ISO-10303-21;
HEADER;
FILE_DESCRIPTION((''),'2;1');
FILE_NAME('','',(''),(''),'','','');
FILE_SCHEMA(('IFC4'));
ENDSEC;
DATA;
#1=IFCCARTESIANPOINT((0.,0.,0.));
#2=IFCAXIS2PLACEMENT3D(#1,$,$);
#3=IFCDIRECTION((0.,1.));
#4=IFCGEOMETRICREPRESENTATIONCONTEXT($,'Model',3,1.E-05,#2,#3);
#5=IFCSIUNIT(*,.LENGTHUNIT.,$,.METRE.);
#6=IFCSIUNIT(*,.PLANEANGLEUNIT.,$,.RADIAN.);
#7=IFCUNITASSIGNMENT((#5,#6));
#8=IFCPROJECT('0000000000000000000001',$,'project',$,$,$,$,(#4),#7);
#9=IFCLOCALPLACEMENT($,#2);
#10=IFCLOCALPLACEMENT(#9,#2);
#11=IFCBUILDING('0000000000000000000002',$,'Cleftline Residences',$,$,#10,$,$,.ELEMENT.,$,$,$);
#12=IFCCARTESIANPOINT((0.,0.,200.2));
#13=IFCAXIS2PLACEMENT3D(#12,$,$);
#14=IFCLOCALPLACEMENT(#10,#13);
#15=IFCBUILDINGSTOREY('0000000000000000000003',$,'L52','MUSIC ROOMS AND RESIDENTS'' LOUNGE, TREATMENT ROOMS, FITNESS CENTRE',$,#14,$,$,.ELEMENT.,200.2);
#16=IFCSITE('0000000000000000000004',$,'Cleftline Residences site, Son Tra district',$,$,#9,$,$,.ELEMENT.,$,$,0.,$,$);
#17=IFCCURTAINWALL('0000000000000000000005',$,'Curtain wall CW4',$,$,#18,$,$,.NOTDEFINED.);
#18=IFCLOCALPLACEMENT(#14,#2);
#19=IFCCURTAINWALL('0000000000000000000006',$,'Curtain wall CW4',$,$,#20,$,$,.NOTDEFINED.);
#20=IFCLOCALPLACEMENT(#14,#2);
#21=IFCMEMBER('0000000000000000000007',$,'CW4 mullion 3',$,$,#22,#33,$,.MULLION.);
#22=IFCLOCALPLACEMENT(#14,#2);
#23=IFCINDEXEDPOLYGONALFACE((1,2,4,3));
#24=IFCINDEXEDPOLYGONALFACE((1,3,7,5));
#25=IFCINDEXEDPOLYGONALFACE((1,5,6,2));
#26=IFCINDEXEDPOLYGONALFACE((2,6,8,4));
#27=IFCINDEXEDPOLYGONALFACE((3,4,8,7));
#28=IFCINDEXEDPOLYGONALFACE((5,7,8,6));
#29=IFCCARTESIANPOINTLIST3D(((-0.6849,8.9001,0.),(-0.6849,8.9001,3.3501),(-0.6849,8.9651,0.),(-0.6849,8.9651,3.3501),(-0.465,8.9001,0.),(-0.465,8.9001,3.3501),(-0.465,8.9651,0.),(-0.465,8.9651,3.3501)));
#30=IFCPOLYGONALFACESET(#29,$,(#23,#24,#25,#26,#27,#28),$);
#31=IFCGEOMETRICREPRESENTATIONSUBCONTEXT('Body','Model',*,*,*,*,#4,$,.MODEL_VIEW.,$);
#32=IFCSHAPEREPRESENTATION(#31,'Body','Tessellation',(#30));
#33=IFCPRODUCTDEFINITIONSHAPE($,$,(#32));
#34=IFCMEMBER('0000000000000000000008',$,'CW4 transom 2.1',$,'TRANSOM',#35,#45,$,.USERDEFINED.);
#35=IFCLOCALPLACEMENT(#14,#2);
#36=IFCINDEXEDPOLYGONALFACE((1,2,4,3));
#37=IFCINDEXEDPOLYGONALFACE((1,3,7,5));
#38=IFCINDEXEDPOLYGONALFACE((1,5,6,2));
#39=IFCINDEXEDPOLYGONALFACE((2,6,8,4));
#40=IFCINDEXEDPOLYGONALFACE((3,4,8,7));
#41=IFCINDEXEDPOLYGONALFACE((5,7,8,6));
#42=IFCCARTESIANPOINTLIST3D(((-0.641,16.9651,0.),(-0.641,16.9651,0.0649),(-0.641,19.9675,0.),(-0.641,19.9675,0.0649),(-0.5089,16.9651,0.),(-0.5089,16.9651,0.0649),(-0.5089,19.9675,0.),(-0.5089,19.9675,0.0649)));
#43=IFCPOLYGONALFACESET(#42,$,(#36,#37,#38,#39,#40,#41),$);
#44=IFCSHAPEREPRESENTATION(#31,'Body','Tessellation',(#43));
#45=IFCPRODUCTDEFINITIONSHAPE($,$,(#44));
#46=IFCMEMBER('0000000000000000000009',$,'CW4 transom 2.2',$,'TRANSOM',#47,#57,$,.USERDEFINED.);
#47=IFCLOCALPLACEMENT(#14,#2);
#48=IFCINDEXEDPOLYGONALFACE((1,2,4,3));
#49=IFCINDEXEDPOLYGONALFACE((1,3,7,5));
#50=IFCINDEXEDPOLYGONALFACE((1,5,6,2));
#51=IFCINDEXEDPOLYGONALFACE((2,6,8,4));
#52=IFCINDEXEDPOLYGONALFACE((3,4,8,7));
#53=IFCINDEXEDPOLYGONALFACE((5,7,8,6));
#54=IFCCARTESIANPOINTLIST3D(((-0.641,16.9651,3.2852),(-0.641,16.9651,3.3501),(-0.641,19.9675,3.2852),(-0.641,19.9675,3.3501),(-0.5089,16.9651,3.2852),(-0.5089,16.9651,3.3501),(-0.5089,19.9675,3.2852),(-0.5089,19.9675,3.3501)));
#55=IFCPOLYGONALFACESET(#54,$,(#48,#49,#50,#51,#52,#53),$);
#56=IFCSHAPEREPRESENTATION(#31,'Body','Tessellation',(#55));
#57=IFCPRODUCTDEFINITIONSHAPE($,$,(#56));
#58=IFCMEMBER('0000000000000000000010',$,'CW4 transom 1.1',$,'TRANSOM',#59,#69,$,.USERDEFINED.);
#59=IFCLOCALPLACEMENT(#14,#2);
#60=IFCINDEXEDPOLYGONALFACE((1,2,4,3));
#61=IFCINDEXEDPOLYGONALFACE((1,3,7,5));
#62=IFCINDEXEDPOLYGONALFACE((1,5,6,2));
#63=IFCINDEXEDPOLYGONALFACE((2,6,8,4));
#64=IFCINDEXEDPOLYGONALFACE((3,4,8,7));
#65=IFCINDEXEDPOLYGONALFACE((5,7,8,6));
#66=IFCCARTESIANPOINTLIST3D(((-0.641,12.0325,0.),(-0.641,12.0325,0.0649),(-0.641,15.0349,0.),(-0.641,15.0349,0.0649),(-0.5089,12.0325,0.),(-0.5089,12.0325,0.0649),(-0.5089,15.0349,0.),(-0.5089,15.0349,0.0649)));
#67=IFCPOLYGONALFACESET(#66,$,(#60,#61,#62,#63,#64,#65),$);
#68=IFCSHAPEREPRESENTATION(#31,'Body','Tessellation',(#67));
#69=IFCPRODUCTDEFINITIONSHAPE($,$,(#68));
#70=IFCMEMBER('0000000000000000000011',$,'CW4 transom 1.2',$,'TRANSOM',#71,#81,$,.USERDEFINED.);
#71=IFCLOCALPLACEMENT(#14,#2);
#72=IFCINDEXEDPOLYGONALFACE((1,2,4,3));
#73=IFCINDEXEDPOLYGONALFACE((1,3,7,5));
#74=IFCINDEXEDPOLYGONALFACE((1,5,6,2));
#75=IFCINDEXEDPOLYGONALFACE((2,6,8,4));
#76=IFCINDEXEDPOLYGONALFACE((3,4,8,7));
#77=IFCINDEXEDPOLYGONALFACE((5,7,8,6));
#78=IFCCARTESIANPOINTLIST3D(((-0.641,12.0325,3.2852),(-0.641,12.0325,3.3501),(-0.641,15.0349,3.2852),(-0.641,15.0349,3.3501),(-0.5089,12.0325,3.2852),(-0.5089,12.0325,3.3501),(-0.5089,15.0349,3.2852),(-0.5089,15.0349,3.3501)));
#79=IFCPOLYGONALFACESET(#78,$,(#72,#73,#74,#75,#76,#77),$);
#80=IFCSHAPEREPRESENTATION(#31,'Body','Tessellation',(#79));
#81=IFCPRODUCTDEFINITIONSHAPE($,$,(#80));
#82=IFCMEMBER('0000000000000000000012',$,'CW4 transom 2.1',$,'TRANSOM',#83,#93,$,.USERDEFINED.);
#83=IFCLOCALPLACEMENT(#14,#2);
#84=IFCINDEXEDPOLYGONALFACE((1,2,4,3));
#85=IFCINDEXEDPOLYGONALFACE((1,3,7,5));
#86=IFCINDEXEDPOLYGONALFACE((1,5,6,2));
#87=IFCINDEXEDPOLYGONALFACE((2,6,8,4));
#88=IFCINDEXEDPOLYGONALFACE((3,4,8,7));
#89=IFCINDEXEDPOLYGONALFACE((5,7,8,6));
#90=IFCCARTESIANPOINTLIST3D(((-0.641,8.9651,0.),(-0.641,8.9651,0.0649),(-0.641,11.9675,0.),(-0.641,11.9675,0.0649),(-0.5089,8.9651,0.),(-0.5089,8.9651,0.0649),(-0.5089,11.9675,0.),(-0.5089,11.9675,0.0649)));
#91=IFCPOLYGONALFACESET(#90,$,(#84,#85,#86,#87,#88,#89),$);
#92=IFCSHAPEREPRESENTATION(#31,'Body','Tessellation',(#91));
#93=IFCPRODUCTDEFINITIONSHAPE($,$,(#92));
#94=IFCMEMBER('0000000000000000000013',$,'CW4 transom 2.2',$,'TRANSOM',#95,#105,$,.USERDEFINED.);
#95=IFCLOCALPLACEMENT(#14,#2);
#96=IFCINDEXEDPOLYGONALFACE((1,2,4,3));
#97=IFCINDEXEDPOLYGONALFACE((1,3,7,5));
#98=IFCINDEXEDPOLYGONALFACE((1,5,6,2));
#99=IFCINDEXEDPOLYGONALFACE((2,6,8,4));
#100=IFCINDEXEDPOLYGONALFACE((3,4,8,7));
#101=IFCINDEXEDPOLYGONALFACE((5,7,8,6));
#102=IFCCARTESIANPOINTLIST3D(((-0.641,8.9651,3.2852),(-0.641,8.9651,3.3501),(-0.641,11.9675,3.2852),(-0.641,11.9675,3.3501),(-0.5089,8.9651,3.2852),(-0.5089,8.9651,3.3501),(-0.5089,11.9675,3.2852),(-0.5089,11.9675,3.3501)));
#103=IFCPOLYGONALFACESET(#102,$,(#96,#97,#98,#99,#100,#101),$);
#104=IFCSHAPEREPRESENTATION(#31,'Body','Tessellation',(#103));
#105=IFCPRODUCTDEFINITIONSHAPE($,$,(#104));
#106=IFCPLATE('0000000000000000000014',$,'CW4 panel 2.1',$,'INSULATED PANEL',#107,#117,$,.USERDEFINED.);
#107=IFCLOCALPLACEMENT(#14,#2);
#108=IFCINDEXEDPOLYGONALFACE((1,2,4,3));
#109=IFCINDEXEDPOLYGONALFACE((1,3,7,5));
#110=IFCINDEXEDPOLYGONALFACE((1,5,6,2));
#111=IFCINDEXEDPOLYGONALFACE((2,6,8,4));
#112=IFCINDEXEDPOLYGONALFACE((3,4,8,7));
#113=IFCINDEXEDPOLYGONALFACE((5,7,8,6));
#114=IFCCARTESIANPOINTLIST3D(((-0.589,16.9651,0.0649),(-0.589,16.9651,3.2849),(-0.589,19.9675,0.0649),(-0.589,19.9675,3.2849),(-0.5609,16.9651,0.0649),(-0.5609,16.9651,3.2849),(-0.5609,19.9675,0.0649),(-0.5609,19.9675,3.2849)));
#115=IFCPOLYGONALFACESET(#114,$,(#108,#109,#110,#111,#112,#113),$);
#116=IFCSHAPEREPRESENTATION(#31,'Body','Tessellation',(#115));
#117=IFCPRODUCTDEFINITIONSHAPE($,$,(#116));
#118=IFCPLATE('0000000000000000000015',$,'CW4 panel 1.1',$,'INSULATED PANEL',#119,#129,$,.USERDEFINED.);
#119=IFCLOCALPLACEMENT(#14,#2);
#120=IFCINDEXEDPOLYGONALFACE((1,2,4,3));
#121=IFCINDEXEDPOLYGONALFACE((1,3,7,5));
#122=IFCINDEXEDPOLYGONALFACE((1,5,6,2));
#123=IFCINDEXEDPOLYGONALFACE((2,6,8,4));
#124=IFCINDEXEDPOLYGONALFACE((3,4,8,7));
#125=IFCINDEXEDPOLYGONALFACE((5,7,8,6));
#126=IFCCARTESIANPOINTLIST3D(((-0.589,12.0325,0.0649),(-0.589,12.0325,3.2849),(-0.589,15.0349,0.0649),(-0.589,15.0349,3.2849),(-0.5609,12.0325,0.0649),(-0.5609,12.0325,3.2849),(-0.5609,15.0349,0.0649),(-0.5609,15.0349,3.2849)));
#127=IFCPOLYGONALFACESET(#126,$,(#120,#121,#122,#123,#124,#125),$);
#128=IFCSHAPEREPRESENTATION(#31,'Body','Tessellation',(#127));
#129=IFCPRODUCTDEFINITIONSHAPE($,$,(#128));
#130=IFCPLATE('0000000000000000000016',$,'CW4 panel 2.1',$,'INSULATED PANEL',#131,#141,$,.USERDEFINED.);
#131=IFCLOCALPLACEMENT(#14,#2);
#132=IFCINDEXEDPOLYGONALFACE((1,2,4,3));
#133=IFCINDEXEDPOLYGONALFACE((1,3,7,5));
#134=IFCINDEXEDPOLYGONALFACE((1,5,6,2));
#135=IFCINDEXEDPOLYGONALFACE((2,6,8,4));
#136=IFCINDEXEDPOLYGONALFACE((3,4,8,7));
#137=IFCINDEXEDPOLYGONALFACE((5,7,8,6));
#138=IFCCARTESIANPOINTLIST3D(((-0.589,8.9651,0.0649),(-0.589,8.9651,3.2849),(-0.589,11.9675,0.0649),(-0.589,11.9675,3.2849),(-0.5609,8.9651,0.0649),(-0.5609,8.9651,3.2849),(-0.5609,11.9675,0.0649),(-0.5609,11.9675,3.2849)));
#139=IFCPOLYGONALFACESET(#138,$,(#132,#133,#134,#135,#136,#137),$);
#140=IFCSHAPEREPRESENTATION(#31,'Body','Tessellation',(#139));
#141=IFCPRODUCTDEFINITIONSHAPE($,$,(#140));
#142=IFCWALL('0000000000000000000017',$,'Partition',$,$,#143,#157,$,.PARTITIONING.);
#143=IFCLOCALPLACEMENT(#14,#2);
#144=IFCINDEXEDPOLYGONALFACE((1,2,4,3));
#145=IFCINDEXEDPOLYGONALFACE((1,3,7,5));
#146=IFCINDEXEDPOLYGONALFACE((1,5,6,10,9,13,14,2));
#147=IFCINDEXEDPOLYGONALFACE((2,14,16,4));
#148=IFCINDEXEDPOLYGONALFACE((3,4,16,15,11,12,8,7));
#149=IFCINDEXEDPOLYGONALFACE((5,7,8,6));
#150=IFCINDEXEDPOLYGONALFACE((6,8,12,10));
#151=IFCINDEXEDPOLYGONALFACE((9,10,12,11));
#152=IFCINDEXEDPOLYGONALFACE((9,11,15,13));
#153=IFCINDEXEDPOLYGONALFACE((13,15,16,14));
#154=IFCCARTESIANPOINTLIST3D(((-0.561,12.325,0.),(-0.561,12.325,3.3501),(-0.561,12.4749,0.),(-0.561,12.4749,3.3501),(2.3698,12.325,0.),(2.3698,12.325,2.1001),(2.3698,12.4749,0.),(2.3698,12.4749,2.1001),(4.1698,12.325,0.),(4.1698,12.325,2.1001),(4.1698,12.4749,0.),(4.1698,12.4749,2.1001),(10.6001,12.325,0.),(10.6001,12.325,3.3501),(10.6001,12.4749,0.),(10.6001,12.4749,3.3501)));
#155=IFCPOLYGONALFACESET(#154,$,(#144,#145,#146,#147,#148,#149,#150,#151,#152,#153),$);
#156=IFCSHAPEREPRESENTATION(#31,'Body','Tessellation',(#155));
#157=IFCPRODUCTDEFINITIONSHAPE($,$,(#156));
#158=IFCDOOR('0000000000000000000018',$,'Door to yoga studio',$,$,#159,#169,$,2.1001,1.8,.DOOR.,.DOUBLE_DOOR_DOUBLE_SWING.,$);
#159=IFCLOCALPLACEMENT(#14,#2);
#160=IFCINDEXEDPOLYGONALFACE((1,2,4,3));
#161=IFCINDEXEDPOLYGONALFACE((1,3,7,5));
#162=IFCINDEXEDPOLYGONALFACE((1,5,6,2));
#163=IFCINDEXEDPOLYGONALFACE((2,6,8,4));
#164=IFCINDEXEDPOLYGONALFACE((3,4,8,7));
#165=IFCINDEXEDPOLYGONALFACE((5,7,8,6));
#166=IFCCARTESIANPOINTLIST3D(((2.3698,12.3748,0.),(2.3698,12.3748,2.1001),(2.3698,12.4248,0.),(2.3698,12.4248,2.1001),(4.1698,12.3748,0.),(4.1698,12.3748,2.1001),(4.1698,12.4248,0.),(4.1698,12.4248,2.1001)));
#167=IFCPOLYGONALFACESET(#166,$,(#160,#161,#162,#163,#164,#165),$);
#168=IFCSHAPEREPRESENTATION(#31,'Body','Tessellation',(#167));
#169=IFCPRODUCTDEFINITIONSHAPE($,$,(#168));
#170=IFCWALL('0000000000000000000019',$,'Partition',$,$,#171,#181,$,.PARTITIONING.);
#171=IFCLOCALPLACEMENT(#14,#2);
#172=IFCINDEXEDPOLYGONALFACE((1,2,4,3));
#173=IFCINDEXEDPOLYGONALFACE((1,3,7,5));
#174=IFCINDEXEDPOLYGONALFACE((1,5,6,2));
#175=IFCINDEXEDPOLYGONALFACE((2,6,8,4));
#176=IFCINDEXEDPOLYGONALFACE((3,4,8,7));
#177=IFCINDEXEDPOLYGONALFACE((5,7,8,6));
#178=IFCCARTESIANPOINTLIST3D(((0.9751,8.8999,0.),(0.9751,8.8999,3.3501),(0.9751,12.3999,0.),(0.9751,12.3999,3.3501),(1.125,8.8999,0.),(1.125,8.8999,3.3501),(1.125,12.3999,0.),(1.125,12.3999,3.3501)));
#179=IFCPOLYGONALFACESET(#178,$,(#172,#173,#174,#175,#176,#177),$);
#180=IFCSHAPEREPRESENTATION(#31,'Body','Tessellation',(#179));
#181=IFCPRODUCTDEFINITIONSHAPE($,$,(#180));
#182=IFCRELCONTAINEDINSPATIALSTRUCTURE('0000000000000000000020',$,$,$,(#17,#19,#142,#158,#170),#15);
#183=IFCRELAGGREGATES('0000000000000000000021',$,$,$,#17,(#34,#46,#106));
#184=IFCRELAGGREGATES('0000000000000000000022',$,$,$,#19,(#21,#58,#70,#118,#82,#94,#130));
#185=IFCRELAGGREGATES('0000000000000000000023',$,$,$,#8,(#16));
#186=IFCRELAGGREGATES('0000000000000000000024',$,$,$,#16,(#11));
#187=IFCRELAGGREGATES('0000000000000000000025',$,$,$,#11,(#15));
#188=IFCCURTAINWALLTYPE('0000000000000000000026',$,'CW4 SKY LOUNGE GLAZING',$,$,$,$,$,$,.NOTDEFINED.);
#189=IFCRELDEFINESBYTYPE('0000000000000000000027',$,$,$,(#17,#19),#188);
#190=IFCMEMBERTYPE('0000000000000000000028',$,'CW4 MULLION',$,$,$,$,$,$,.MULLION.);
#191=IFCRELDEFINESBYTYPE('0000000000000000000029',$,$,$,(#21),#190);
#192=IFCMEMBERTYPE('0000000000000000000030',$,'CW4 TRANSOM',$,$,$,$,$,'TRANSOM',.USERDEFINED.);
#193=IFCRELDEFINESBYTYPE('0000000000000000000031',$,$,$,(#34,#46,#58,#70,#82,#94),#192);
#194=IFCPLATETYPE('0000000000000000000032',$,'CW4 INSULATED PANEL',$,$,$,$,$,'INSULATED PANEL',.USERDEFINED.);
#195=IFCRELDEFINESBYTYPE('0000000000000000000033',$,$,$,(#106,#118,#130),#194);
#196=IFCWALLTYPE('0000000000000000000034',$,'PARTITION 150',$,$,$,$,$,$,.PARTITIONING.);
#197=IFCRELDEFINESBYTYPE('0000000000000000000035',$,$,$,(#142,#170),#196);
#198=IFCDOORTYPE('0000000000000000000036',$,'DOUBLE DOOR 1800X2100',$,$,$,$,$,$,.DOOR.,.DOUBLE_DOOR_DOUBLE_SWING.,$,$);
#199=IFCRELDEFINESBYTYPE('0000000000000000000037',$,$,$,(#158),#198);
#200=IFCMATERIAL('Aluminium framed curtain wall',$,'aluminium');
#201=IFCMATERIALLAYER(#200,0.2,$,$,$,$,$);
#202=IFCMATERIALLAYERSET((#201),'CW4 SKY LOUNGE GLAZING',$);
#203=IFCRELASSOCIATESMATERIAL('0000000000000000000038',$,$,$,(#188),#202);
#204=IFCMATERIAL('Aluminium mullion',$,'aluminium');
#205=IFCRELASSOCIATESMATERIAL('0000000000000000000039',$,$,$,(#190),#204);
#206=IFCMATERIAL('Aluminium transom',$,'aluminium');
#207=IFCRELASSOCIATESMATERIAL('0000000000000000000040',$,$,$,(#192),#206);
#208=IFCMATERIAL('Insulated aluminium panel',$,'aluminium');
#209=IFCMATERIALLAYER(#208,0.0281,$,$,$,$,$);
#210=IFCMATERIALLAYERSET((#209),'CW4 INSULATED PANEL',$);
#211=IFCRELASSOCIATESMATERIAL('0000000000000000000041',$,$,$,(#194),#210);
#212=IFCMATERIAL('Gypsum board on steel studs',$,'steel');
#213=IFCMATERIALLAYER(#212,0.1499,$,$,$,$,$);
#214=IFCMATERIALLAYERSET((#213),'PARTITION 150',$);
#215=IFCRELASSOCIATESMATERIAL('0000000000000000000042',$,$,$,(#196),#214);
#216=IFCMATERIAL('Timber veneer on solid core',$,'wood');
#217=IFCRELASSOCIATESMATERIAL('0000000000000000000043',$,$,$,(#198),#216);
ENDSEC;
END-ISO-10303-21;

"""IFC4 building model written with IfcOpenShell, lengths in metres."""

from ifc_helpers import new_model, si_unit, direction, frame, frame_2d, origin, origin_2d, place, context, subcontext, project, spatial, rectangle, extrude, material, layer, layer_set, material_profile, profile_set, type_object, element, fill, aggregate, save


model = new_model("IFC4")

# Units and contexts
model_context = context("Model", 3, precision=1e-05, world=origin(), true_north=direction((0.0, 1.0)))
body_context = subcontext(model_context, "Body", "Model", "MODEL_VIEW")
ifc_project = project(units=[si_unit("LENGTHUNIT", "METRE"), si_unit("PLANEANGLEUNIT", "RADIAN")], contexts=[model_context])

# Site, building, storey
site_placement = place(None, origin())
site = spatial("IfcSite", under=ifc_project, at=site_placement, Name="Cleftline Residences site, Son Tra district", CompositionType="ELEMENT", RefElevation=0.0)
building_placement = place(site_placement, origin())
building = spatial("IfcBuilding", under=site, at=building_placement, Name="Cleftline Residences", CompositionType="ELEMENT")
storey_placement = place(building_placement, frame((0.0, 0.0, 200.2)))
storey = spatial("IfcBuildingStorey", under=building, at=storey_placement, Name="L52", Description="MUSIC ROOMS AND RESIDENTS' LOUNGE, TREATMENT ROOMS, FITNESS CENTRE", CompositionType="ELEMENT", Elevation=200.2)

# Curtain walls, member
ifc_material_1 = material(Name="Aluminium framed curtain wall", Category="aluminium")
ifc_layer_1 = layer(ifc_material_1, 0.2)
ifc_layer_set_1 = layer_set([ifc_layer_1], Name="CW4 SKY LOUNGE GLAZING")
curtain_wall_type = type_object("IfcCurtainWallType", Name="CW4 SKY LOUNGE GLAZING", PredefinedType="NOTDEFINED", material=ifc_layer_set_1)
curtain_wall_1_placement = place(storey_placement, origin())
curtain_wall_1 = element("IfcCurtainWall", 1, at=curtain_wall_1_placement, inside=storey, type_object=curtain_wall_type, Name="Curtain wall CW4", PredefinedType="NOTDEFINED")
ifc_material_2 = material(Name="Aluminium mullion", Category="aluminium")
ifc_material_profile_1 = material_profile(ifc_material_2, rectangle(XDim=0.22, YDim=0.0649, at=origin_2d()))
ifc_profile_set_1 = profile_set([ifc_material_profile_1], Name="Aluminium mullion")
member_type_1 = type_object("IfcMemberType", Name="CW4 MULLION", PredefinedType="MULLION", material=ifc_profile_set_1)
curtain_wall_2_placement = place(storey_placement, origin())
curtain_wall_2 = element("IfcCurtainWall", 2, at=curtain_wall_2_placement, inside=storey, type_object=curtain_wall_type, Name="Curtain wall CW4", PredefinedType="NOTDEFINED")
member_1_placement = place(storey_placement, frame((-0.575, 8.9326, 0.0), z_axis=(0.0, 0.0, 1.0), x_axis=(1.0, 0.0, 0.0)))
member_1 = element("IfcMember", 3, at=member_1_placement, type_object=member_type_1, Name="CW4 mullion 3", PredefinedType="MULLION", context=body_context, shape_type="SweptSolid", body=[
    extrude(rectangle(XDim=0.22, YDim=0.0649, at=origin_2d()), origin(), (0.0, 0.0, 1.0), 3.3501),
])

# Members
ifc_material_3 = material(Name="Aluminium transom", Category="aluminium")
ifc_material_profile_2 = material_profile(ifc_material_3, rectangle(XDim=0.1321, YDim=0.0649, at=origin_2d()))
ifc_profile_set_2 = profile_set([ifc_material_profile_2], Name="Aluminium transom")
member_type_2 = type_object("IfcMemberType", Name="CW4 TRANSOM", ElementType="TRANSOM", PredefinedType="USERDEFINED", material=ifc_profile_set_2)
member_2_placement = place(storey_placement, frame((-0.575, 19.9675, 0.0325), z_axis=(0.0, -1.0, 0.0), x_axis=(1.0, 0.0, 0.0)))
member_2 = element("IfcMember", 4, at=member_2_placement, type_object=member_type_2, Name="CW4 transom 2.1", ObjectType="TRANSOM", PredefinedType="USERDEFINED", context=body_context, shape_type="SweptSolid", body=[
    extrude(rectangle(XDim=0.1321, YDim=0.0649, at=origin_2d()), origin(), (0.0, 0.0, 1.0), 3.0024),
])
member_3_placement = place(storey_placement, frame((-0.575, 19.9675, 3.3176), z_axis=(0.0, -1.0, 0.0), x_axis=(1.0, 0.0, 0.0)))
member_3 = element("IfcMember", 5, at=member_3_placement, type_object=member_type_2, Name="CW4 transom 2.2", ObjectType="TRANSOM", PredefinedType="USERDEFINED", context=body_context, shape_type="SweptSolid", body=[
    extrude(rectangle(XDim=0.1321, YDim=0.0649, at=origin_2d()), origin(), (0.0, 0.0, 1.0), 3.0024),
])
member_4_placement = place(storey_placement, frame((-0.575, 15.0349, 0.0325), z_axis=(0.0, -1.0, 0.0), x_axis=(1.0, 0.0, 0.0)))
member_4 = element("IfcMember", 6, at=member_4_placement, type_object=member_type_2, Name="CW4 transom 1.1", ObjectType="TRANSOM", PredefinedType="USERDEFINED", context=body_context, shape_type="SweptSolid", body=[
    extrude(rectangle(XDim=0.1321, YDim=0.0649, at=origin_2d()), origin(), (0.0, 0.0, 1.0), 3.0024),
])
member_5_placement = place(storey_placement, frame((-0.575, 15.0349, 3.3176), z_axis=(0.0, -1.0, 0.0), x_axis=(1.0, 0.0, 0.0)))
member_5 = element("IfcMember", 7, at=member_5_placement, type_object=member_type_2, Name="CW4 transom 1.2", ObjectType="TRANSOM", PredefinedType="USERDEFINED", context=body_context, shape_type="SweptSolid", body=[
    extrude(rectangle(XDim=0.1321, YDim=0.0649, at=origin_2d()), origin(), (0.0, 0.0, 1.0), 3.0024),
])
member_6_placement = place(storey_placement, frame((-0.575, 11.9675, 0.0325), z_axis=(0.0, -1.0, 0.0), x_axis=(1.0, 0.0, 0.0)))
member_6 = element("IfcMember", 8, at=member_6_placement, type_object=member_type_2, Name="CW4 transom 2.1", ObjectType="TRANSOM", PredefinedType="USERDEFINED", context=body_context, shape_type="SweptSolid", body=[
    extrude(rectangle(XDim=0.1321, YDim=0.0649, at=origin_2d()), origin(), (0.0, 0.0, 1.0), 3.0024),
])
member_7_placement = place(storey_placement, frame((-0.575, 11.9675, 3.3176), z_axis=(0.0, -1.0, 0.0), x_axis=(1.0, 0.0, 0.0)))
member_7 = element("IfcMember", 9, at=member_7_placement, type_object=member_type_2, Name="CW4 transom 2.2", ObjectType="TRANSOM", PredefinedType="USERDEFINED", context=body_context, shape_type="SweptSolid", body=[
    extrude(rectangle(XDim=0.1321, YDim=0.0649, at=origin_2d()), origin(), (0.0, 0.0, 1.0), 3.0024),
])

# Plates
ifc_material_4 = material(Name="Insulated aluminium panel", Category="aluminium")
ifc_layer_2 = layer(ifc_material_4, 0.0281)
ifc_layer_set_2 = layer_set([ifc_layer_2], Name="CW4 INSULATED PANEL")
plate_type = type_object("IfcPlateType", Name="CW4 INSULATED PANEL", ElementType="INSULATED PANEL", PredefinedType="USERDEFINED", material=ifc_layer_set_2)
plate_1_placement = place(storey_placement, frame((-0.575, 18.4663, 0.0649), z_axis=(0.0, 0.0, 1.0), x_axis=(0.0, -1.0, 0.0)))
plate_1 = element("IfcPlate", 10, at=plate_1_placement, type_object=plate_type, Name="CW4 panel 2.1", ObjectType="INSULATED PANEL", PredefinedType="USERDEFINED", context=body_context, shape_type="SweptSolid", body=[
    extrude(rectangle(XDim=3.0024, YDim=0.0281, at=origin_2d()), origin(), (0.0, 0.0, 1.0), 3.22),
])
aggregate(curtain_wall_1, [member_2, member_3, plate_1])
plate_2_placement = place(storey_placement, frame((-0.575, 13.5337, 0.0649), z_axis=(0.0, 0.0, 1.0), x_axis=(0.0, -1.0, 0.0)))
plate_2 = element("IfcPlate", 11, at=plate_2_placement, type_object=plate_type, Name="CW4 panel 1.1", ObjectType="INSULATED PANEL", PredefinedType="USERDEFINED", context=body_context, shape_type="SweptSolid", body=[
    extrude(rectangle(XDim=3.0024, YDim=0.0281, at=origin_2d()), origin(), (0.0, 0.0, 1.0), 3.22),
])
plate_3_placement = place(storey_placement, frame((-0.575, 10.4663, 0.0649), z_axis=(0.0, 0.0, 1.0), x_axis=(0.0, -1.0, 0.0)))
plate_3 = element("IfcPlate", 12, at=plate_3_placement, type_object=plate_type, Name="CW4 panel 2.1", ObjectType="INSULATED PANEL", PredefinedType="USERDEFINED", context=body_context, shape_type="SweptSolid", body=[
    extrude(rectangle(XDim=3.0024, YDim=0.0281, at=origin_2d()), origin(), (0.0, 0.0, 1.0), 3.22),
])
aggregate(curtain_wall_2, [member_1, member_4, member_5, plate_2, member_6, member_7, plate_3])

# Wall, opening, door
ifc_material_5 = material(Name="Gypsum board on steel studs", Category="steel")
ifc_layer_3 = layer(ifc_material_5, 0.1499)
ifc_layer_set_3 = layer_set([ifc_layer_3], Name="PARTITION 150")
wall_type_1 = type_object("IfcWallType", Name="PARTITION 150", PredefinedType="PARTITIONING", material=ifc_layer_set_3)
wall_1_placement = place(storey_placement, frame((-0.561, 12.3999, 0.0), z_axis=(0.0, 0.0, 1.0), x_axis=(1.0, 0.0, 0.0)))
wall_1 = element("IfcWall", 13, at=wall_1_placement, inside=storey, type_object=wall_type_1, Name="Partition", PredefinedType="PARTITIONING", context=body_context, shape_type="SweptSolid", body=[
    extrude(rectangle(XDim=11.1611, YDim=0.1499, at=frame_2d((5.5806, 0.0))), origin(), (0.0, 0.0, 1.0), 3.3501),
])
opening_1_placement = place(wall_1_placement, frame((2.9309, 0.0, 0.0)))
opening_1 = element("IfcOpeningElement", 14, at=opening_1_placement, cuts=wall_1, PredefinedType="OPENING", context=body_context, shape_type="SweptSolid", body=[
    extrude(rectangle(XDim=1.8, YDim=2.1001, at=frame_2d((0.8999, 1.05))), frame((0.0, 0.085, 0.0), z_axis=(0.0, -1.0, 0.0), x_axis=(1.0, 0.0, 0.0)), (0.0, 0.0, 1.0), 0.1699),
])
ifc_material_6 = material(Name="Timber veneer on solid core", Category="wood")
door_type_1 = type_object("IfcDoorType", Name="DOUBLE DOOR 1800X2100", OperationType="DOUBLE_DOOR_DOUBLE_SWING", PredefinedType="DOOR", material=ifc_material_6)
door_1_placement = place(opening_1_placement, origin())
door_1 = element("IfcDoor", 15, at=door_1_placement, inside=storey, type_object=door_type_1, Name="Door to yoga studio", OperationType="DOUBLE_DOOR_DOUBLE_SWING", OverallHeight=2.1001, OverallWidth=1.8, PredefinedType="DOOR", context=body_context, shape_type="SweptSolid", body=[
    extrude(rectangle(XDim=1.8, YDim=2.1001, at=frame_2d((0.8999, 1.05))), frame((0.0, 0.0249, 0.0), z_axis=(0.0, -1.0, 0.0), x_axis=(1.0, 0.0, 0.0)), (0.0, 0.0, 1.0), 0.05),
])
fill(opening_1, door_1)

# Wall
wall_2_placement = place(storey_placement, frame((1.05, 8.8999, 0.0), z_axis=(0.0, 0.0, 1.0), x_axis=(0.0, 1.0, 0.0)))
element("IfcWall", 16, at=wall_2_placement, inside=storey, type_object=wall_type_1, Name="Partition", PredefinedType="PARTITIONING", context=body_context, shape_type="SweptSolid", body=[
    extrude(rectangle(XDim=3.5, YDim=0.1499, at=frame_2d((1.75, 0.0))), origin(), (0.0, 0.0, 1.0), 3.3501),
])

save(model, "model.ifc")
